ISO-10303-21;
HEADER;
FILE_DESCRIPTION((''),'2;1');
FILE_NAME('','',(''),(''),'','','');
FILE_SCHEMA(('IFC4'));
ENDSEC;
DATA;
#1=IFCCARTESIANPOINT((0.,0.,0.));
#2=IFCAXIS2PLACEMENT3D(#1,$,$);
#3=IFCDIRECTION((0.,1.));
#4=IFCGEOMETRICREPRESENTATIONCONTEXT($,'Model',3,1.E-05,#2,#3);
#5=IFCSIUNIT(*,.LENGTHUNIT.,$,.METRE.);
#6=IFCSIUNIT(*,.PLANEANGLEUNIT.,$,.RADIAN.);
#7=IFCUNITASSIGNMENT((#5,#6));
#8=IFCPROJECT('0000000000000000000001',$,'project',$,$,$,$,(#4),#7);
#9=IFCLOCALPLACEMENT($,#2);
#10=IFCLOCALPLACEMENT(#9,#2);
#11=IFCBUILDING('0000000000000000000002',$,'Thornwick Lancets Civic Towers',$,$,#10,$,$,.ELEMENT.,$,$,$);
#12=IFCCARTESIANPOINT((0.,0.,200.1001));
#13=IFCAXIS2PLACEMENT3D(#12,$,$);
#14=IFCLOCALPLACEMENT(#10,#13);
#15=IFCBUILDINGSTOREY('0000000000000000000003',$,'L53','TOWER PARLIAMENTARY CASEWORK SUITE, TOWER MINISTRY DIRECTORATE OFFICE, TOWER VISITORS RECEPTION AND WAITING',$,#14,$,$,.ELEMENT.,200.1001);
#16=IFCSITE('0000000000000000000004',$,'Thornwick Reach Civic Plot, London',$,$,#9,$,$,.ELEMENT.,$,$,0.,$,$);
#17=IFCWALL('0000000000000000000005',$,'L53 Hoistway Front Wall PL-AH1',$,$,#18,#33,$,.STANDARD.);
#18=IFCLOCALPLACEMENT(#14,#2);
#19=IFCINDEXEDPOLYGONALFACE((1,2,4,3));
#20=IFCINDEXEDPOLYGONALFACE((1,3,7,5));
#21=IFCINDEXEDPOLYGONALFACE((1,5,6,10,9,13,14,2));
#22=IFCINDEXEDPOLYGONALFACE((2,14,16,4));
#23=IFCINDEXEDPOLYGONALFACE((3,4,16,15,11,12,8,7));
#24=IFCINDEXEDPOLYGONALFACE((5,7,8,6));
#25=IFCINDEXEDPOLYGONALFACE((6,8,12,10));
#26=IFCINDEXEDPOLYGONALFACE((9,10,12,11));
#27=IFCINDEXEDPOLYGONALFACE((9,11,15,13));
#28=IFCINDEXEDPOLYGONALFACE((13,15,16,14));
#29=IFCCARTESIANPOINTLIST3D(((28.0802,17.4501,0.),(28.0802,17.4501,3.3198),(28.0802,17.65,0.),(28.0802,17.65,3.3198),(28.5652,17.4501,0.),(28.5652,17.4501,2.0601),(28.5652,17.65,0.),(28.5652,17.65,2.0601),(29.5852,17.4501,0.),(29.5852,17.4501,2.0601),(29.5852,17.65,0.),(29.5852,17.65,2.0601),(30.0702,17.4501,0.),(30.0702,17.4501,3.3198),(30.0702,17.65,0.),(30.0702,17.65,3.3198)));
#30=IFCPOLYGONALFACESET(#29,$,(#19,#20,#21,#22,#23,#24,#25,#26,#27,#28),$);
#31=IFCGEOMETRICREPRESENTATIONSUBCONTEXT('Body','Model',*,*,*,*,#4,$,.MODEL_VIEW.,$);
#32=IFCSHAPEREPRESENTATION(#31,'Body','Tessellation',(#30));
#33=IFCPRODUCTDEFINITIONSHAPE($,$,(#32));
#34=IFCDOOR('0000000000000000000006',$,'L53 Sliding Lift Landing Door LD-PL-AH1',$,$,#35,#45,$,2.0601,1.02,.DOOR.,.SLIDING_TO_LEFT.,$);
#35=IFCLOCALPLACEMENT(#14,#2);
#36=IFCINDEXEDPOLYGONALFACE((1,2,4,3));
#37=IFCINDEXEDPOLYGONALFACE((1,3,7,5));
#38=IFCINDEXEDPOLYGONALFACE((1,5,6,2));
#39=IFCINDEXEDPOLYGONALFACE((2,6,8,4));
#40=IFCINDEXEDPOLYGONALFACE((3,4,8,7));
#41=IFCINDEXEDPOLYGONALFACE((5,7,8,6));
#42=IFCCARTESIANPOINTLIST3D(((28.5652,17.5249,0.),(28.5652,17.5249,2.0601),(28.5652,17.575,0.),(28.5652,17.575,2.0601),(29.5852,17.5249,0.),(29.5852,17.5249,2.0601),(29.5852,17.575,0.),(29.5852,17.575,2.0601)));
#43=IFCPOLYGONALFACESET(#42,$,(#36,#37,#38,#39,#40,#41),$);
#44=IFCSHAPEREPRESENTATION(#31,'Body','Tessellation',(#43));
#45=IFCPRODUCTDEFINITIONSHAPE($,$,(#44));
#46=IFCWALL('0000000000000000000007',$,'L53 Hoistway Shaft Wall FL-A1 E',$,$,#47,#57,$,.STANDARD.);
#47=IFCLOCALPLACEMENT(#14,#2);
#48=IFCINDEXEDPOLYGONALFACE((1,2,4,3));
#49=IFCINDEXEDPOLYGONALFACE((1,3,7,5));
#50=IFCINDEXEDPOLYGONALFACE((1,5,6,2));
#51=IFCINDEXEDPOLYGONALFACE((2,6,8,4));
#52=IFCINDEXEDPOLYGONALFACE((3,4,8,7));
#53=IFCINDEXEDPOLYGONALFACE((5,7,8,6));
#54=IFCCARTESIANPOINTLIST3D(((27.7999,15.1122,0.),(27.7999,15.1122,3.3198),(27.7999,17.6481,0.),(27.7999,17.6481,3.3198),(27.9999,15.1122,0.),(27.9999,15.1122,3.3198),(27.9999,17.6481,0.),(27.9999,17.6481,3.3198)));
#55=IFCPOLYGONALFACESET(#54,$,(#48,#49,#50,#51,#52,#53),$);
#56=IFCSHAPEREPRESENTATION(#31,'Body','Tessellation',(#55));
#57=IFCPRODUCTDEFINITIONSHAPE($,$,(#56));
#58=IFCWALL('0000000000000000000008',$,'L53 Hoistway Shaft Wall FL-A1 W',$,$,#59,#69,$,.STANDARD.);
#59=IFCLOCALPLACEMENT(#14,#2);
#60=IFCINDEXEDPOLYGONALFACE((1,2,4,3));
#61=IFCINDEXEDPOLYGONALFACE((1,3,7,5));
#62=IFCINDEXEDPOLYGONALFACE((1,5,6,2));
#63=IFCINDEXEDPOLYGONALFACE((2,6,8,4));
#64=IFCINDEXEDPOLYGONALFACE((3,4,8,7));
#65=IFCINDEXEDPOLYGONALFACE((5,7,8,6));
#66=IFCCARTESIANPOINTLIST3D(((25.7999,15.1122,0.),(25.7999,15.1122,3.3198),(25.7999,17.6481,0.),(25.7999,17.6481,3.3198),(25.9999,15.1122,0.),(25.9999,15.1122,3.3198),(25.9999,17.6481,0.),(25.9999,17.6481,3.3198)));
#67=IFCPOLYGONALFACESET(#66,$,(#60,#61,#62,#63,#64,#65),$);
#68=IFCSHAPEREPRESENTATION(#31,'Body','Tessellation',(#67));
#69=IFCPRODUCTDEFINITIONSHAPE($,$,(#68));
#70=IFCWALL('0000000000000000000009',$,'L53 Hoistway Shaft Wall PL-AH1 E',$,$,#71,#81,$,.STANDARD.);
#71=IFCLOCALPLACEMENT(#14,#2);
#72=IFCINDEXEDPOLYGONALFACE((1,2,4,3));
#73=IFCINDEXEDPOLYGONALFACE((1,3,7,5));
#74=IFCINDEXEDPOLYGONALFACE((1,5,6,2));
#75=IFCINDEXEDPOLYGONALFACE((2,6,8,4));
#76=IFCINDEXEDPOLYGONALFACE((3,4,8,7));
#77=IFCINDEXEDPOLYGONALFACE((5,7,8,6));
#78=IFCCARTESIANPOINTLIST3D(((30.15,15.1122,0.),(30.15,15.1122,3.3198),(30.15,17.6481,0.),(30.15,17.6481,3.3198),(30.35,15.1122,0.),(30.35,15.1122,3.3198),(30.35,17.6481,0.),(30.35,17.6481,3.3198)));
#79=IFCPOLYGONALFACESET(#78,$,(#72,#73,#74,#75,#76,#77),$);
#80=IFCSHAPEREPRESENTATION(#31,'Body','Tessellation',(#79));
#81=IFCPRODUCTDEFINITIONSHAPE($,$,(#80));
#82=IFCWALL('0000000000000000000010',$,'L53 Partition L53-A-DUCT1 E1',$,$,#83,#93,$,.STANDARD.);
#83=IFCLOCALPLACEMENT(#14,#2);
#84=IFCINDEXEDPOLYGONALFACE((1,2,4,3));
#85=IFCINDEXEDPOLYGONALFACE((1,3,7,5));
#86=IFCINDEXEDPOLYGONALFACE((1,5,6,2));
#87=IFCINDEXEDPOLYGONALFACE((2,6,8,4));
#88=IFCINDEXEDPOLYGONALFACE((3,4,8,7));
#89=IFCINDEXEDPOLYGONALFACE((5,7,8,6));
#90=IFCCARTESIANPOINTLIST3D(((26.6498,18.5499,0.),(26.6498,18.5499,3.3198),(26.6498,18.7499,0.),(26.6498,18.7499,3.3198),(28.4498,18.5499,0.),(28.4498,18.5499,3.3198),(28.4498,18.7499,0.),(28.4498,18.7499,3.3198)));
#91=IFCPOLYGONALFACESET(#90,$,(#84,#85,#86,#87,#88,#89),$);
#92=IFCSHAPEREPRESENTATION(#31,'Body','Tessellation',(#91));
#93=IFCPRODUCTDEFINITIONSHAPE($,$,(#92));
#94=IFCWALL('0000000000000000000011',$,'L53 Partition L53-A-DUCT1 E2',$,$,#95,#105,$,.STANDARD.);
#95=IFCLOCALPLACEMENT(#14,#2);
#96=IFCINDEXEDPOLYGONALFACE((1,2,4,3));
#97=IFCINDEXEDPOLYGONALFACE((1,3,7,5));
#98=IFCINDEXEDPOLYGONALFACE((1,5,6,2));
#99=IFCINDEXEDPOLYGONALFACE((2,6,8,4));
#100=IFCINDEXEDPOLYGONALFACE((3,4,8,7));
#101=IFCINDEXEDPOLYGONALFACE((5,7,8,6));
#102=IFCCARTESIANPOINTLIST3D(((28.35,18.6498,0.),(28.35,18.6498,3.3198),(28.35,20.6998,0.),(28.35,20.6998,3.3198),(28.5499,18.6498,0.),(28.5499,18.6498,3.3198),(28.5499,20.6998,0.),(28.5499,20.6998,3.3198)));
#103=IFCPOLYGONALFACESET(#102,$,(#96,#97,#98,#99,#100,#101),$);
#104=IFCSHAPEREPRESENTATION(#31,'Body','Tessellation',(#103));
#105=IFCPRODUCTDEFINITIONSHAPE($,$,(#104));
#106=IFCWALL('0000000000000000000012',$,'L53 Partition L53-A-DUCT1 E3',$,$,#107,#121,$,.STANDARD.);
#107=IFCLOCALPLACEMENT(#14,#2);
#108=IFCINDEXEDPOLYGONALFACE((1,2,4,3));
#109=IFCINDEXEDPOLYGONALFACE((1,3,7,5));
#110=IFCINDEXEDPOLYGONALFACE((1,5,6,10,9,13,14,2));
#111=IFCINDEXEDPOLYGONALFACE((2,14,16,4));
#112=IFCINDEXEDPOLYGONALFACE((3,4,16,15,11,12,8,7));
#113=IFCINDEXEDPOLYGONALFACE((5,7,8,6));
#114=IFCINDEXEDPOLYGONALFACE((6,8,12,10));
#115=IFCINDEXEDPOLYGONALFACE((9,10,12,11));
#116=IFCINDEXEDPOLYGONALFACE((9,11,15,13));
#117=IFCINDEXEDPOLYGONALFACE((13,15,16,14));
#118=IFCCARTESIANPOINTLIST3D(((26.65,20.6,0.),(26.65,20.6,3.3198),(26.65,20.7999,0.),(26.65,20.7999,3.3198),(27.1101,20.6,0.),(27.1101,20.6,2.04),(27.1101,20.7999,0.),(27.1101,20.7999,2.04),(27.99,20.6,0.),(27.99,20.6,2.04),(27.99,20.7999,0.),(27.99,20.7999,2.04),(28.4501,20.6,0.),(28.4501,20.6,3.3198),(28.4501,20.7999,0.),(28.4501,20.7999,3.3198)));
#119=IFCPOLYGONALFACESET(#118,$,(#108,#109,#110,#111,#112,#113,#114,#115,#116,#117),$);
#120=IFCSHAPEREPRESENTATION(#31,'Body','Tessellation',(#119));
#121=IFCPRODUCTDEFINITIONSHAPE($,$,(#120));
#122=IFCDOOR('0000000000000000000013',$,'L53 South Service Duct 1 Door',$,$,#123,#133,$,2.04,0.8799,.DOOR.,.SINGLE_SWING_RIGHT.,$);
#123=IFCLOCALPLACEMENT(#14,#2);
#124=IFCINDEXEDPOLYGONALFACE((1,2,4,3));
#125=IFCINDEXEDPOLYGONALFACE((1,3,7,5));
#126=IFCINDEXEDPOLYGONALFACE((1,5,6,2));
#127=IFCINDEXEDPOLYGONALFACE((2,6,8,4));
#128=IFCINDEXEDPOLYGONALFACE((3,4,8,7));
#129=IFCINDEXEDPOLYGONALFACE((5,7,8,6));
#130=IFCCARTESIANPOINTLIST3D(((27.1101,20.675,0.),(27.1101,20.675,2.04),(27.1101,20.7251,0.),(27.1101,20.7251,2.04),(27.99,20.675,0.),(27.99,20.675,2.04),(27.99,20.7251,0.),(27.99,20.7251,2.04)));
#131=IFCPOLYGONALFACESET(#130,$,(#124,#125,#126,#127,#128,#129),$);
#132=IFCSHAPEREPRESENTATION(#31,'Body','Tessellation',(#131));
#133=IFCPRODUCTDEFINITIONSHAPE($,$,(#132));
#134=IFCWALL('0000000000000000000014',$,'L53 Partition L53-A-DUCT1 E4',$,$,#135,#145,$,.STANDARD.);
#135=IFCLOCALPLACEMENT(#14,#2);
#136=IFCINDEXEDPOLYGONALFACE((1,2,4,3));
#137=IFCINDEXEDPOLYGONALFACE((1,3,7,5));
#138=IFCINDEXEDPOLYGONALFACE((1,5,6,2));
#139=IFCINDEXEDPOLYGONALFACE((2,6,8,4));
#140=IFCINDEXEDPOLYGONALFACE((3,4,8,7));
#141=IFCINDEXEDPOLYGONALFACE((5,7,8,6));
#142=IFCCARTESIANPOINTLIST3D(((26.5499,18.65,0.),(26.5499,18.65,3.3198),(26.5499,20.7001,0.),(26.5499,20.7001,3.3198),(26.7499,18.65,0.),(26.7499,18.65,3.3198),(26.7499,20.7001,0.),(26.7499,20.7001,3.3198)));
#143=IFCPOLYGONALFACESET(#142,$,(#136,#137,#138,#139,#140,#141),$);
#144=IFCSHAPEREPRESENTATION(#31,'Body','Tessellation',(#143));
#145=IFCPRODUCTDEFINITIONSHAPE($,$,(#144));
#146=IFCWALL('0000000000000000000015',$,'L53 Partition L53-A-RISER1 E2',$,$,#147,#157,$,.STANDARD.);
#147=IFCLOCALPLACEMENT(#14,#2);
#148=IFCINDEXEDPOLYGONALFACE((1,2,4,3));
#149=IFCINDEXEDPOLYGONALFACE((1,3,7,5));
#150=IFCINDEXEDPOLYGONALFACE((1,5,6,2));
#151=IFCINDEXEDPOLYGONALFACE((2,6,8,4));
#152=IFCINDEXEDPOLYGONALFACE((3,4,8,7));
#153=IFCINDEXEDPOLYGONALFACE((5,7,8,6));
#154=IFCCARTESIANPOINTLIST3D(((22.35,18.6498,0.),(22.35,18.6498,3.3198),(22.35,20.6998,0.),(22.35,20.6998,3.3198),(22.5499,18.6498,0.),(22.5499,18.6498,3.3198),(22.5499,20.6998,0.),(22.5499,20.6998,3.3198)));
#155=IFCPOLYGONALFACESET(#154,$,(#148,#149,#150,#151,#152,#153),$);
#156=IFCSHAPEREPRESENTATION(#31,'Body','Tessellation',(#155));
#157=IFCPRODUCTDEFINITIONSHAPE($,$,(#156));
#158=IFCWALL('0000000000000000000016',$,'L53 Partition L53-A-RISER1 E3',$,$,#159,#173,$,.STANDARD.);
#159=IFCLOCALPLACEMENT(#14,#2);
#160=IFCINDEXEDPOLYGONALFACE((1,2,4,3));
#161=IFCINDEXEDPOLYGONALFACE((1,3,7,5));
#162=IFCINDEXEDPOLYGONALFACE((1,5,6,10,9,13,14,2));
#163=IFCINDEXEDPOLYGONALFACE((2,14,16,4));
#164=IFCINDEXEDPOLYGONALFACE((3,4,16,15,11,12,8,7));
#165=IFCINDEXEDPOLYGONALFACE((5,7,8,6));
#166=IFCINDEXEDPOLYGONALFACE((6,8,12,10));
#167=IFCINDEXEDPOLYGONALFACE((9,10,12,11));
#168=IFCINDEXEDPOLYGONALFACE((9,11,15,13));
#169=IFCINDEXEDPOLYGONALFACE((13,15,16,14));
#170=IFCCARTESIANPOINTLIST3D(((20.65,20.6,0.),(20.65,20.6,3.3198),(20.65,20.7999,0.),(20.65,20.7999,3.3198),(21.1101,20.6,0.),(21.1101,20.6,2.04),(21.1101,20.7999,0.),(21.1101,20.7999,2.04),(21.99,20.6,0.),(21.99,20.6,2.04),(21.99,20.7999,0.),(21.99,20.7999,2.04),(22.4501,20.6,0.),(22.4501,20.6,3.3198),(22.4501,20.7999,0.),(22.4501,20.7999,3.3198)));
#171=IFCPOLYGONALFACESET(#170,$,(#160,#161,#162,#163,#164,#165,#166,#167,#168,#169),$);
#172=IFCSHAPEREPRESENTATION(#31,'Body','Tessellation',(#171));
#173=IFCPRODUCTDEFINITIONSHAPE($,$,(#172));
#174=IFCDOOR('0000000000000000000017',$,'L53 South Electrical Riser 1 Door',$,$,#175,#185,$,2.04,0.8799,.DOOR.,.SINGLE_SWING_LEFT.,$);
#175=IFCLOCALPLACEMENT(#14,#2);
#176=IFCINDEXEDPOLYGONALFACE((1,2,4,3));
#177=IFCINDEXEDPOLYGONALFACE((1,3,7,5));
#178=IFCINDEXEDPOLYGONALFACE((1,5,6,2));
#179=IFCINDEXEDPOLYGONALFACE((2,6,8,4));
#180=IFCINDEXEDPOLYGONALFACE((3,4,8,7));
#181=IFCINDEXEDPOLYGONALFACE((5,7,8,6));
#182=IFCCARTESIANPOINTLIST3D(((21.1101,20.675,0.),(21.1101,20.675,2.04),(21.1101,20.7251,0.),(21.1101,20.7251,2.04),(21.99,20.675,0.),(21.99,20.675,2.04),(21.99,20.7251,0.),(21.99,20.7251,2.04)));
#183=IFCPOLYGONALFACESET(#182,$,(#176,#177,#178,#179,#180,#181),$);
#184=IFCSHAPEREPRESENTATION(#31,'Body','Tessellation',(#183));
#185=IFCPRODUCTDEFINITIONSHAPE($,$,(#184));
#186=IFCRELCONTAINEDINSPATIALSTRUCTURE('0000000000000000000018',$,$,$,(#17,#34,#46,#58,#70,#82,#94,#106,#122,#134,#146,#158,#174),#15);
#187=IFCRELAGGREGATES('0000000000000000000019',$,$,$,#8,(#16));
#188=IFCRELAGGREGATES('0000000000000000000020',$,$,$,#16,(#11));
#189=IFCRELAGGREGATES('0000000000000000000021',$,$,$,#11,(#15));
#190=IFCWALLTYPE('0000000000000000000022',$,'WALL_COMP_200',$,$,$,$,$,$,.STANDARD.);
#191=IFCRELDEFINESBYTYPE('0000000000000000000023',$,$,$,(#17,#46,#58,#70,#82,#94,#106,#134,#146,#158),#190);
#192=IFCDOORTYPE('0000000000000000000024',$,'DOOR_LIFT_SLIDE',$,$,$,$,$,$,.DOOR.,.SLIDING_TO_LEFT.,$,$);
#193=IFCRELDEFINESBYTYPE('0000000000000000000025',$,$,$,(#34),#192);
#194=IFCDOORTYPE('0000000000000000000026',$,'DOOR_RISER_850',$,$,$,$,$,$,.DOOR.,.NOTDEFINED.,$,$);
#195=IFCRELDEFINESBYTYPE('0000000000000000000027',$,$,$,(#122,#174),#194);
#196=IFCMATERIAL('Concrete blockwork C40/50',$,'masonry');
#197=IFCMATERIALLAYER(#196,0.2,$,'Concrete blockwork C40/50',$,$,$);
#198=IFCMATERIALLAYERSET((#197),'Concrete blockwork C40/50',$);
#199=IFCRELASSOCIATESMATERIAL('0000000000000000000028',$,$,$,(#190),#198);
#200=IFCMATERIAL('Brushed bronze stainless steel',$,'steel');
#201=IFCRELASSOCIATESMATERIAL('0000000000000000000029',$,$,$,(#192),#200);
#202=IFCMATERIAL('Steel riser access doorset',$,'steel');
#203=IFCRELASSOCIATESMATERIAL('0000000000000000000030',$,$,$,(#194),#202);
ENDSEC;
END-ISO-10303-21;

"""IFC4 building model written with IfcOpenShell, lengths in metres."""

from ifc_helpers import new_model, si_unit, direction, frame, frame_2d, origin, place, context, subcontext, project, spatial, rectangle, extrude, material, layer, layer_set, type_object, element, fill, save


model = new_model("IFC4")

# Units and contexts
model_context = context("Model", 3, precision=1e-05, world=origin(), true_north=direction((0.0, 1.0)))
body_context = subcontext(model_context, "Body", "Model", "MODEL_VIEW")
ifc_project = project(units=[si_unit("LENGTHUNIT", "METRE"), si_unit("PLANEANGLEUNIT", "RADIAN")], contexts=[model_context])

# Site, building, storey
site_placement = place(None, origin())
site = spatial("IfcSite", under=ifc_project, at=site_placement, Name="Thornwick Reach Civic Plot, London", CompositionType="ELEMENT", RefElevation=0.0)
building_placement = place(site_placement, origin())
building = spatial("IfcBuilding", under=site, at=building_placement, Name="Thornwick Lancets Civic Towers", CompositionType="ELEMENT")
storey_placement = place(building_placement, frame((0.0, 0.0, 200.1001)))
storey = spatial("IfcBuildingStorey", under=building, at=storey_placement, Name="L53", Description="TOWER PARLIAMENTARY CASEWORK SUITE, TOWER MINISTRY DIRECTORATE OFFICE, TOWER VISITORS RECEPTION AND WAITING", CompositionType="ELEMENT", Elevation=200.1001)

# Wall, opening, door
ifc_material_1 = material(Name="Concrete blockwork C40/50", Category="masonry")
ifc_layer_1 = layer(ifc_material_1, 0.2, Name="Concrete blockwork C40/50")
ifc_layer_set_1 = layer_set([ifc_layer_1], Name="Concrete blockwork C40/50")
wall_type_1 = type_object("IfcWallType", Name="WALL_COMP_200", PredefinedType="STANDARD", material=ifc_layer_set_1)
ifc_material_2 = material(Name="Brushed bronze stainless steel", Category="steel")
door_type_1 = type_object("IfcDoorType", Name="DOOR_LIFT_SLIDE", OperationType="SLIDING_TO_LEFT", PredefinedType="DOOR", material=ifc_material_2)
wall_1_placement = place(storey_placement, frame((28.0801, 17.55, 0.0), z_axis=(0.0, 0.0, 1.0), x_axis=(1.0, 0.0, 0.0)))
wall_1 = element("IfcWall", 1, at=wall_1_placement, inside=storey, type_object=wall_type_1, Name="L53 Hoistway Front Wall PL-AH1", PredefinedType="STANDARD", context=body_context, shape_type="SweptSolid", body=[
    extrude(rectangle(XDim=1.99, YDim=0.2, at=frame_2d((0.9951, 0.0))), origin(), (0.0, 0.0, 1.0), 3.3198),
])
opening_1_placement = place(wall_1_placement, frame((0.4851, 0.0, 0.0)))
opening_1 = element("IfcOpeningElement", 2, at=opening_1_placement, cuts=wall_1, PredefinedType="OPENING", context=body_context, shape_type="SweptSolid", body=[
    extrude(rectangle(XDim=1.02, YDim=2.0601, at=frame_2d((0.51, 1.03))), frame((0.0, 0.1099, 0.0), z_axis=(0.0, -1.0, 0.0), x_axis=(1.0, 0.0, 0.0)), (0.0, 0.0, 1.0), 0.22),
])
door_1_placement = place(opening_1_placement, origin())
door_1 = element("IfcDoor", 3, at=door_1_placement, inside=storey, type_object=door_type_1, Name="L53 Sliding Lift Landing Door LD-PL-AH1", OperationType="SLIDING_TO_LEFT", OverallHeight=2.0601, OverallWidth=1.02, PredefinedType="DOOR", context=body_context, shape_type="SweptSolid", body=[
    extrude(rectangle(XDim=1.02, YDim=2.0601, at=frame_2d((0.51, 1.03))), frame((0.0, 0.0249, 0.0), z_axis=(0.0, -1.0, 0.0), x_axis=(1.0, 0.0, 0.0)), (0.0, 0.0, 1.0), 0.05),
])
fill(opening_1, door_1)

# Walls
for number, where, z_axis, x_axis, name in (
    (4, (27.8999, 15.1121, 0.0), (0.0, 0.0, 1.0), (0.0, 1.0, 0.0), "L53 Hoistway Shaft Wall FL-A1 E"),
    (5, (25.8999, 15.1121, 0.0), (0.0, 0.0, 1.0), (0.0, 1.0, 0.0), "L53 Hoistway Shaft Wall FL-A1 W"),
    (6, (30.25, 15.1121, 0.0), (0.0, 0.0, 1.0), (0.0, 1.0, 0.0), "L53 Hoistway Shaft Wall PL-AH1 E"),
):
    element("IfcWall", number, at=place(storey_placement, frame(where, z_axis=z_axis, x_axis=x_axis)), inside=storey, type_object=wall_type_1, Name=name, PredefinedType="STANDARD", context=body_context, shape_type="SweptSolid", body=[
        extrude(rectangle(XDim=2.5359, YDim=0.2, at=frame_2d((1.2681, 0.0))), origin(), (0.0, 0.0, 1.0), 3.3198),
    ])
wall_2_placement = place(storey_placement, frame((26.6499, 18.6499, 0.0), z_axis=(0.0, 0.0, 1.0), x_axis=(1.0, 0.0, 0.0)))
element("IfcWall", 7, at=wall_2_placement, inside=storey, type_object=wall_type_1, Name="L53 Partition L53-A-DUCT1 E1", PredefinedType="STANDARD", context=body_context, shape_type="SweptSolid", body=[
    extrude(rectangle(XDim=1.8, YDim=0.2, at=frame_2d((0.8999, 0.0))), origin(), (0.0, 0.0, 1.0), 3.3198),
])
wall_3_placement = place(storey_placement, frame((28.45, 18.6499, 0.0), z_axis=(0.0, 0.0, 1.0), x_axis=(0.0, 1.0, 0.0)))
element("IfcWall", 8, at=wall_3_placement, inside=storey, type_object=wall_type_1, Name="L53 Partition L53-A-DUCT1 E2", PredefinedType="STANDARD", context=body_context, shape_type="SweptSolid", body=[
    extrude(rectangle(XDim=2.05, YDim=0.2, at=frame_2d((1.0249, 0.0))), origin(), (0.0, 0.0, 1.0), 3.3198),
])

# Wall, opening, door
wall_4_placement = place(storey_placement, frame((28.45, 20.7, 0.0), z_axis=(0.0, 0.0, 1.0), x_axis=(-1.0, 0.0, 0.0)))
wall_4 = element("IfcWall", 9, at=wall_4_placement, inside=storey, type_object=wall_type_1, Name="L53 Partition L53-A-DUCT1 E3", PredefinedType="STANDARD", context=body_context, shape_type="SweptSolid", body=[
    extrude(rectangle(XDim=1.8, YDim=0.2, at=frame_2d((0.8999, 0.0))), origin(), (0.0, 0.0, 1.0), 3.3198),
])
opening_2_placement = place(wall_4_placement, frame((0.46, 0.0, 0.0)))
opening_2 = element("IfcOpeningElement", 10, at=opening_2_placement, cuts=wall_4, PredefinedType="OPENING", context=body_context, shape_type="SweptSolid", body=[
    extrude(rectangle(XDim=0.8799, YDim=2.04, at=frame_2d((0.4399, 1.02))), frame((0.0, 0.1099, 0.0), z_axis=(0.0, -1.0, 0.0), x_axis=(1.0, 0.0, 0.0)), (0.0, 0.0, 1.0), 0.22),
])
ifc_material_3 = material(Name="Steel riser access doorset", Category="steel")
door_type_2 = type_object("IfcDoorType", Name="DOOR_RISER_850", OperationType="NOTDEFINED", PredefinedType="DOOR", material=ifc_material_3)
door_2_placement = place(opening_2_placement, origin())
door_2 = element("IfcDoor", 11, at=door_2_placement, inside=storey, type_object=door_type_2, Name="L53 South Service Duct 1 Door", OperationType="SINGLE_SWING_RIGHT", OverallHeight=2.04, OverallWidth=0.8799, PredefinedType="DOOR", context=body_context, shape_type="SweptSolid", body=[
    extrude(rectangle(XDim=0.8799, YDim=2.04, at=frame_2d((0.4399, 1.02))), frame((0.0, 0.0249, 0.0), z_axis=(0.0, -1.0, 0.0), x_axis=(1.0, 0.0, 0.0)), (0.0, 0.0, 1.0), 0.05),
])
fill(opening_2, door_2)

# Walls
for number, where, z_axis, x_axis, name in (
    (12, (26.6499, 20.7, 0.0), (0.0, 0.0, 1.0), (0.0, -1.0, 0.0), "L53 Partition L53-A-DUCT1 E4"),
    (13, (22.45, 18.6499, 0.0), (0.0, 0.0, 1.0), (0.0, 1.0, 0.0), "L53 Partition L53-A-RISER1 E2"),
):
    element("IfcWall", number, at=place(storey_placement, frame(where, z_axis=z_axis, x_axis=x_axis)), inside=storey, type_object=wall_type_1, Name=name, PredefinedType="STANDARD", context=body_context, shape_type="SweptSolid", body=[
        extrude(rectangle(XDim=2.05, YDim=0.2, at=frame_2d((1.0249, 0.0))), origin(), (0.0, 0.0, 1.0), 3.3198),
    ])

# Wall, opening, door
wall_5_placement = place(storey_placement, frame((22.45, 20.7, 0.0), z_axis=(0.0, 0.0, 1.0), x_axis=(-1.0, 0.0, 0.0)))
wall_5 = element("IfcWall", 14, at=wall_5_placement, inside=storey, type_object=wall_type_1, Name="L53 Partition L53-A-RISER1 E3", PredefinedType="STANDARD", context=body_context, shape_type="SweptSolid", body=[
    extrude(rectangle(XDim=1.8, YDim=0.2, at=frame_2d((0.8999, 0.0))), origin(), (0.0, 0.0, 1.0), 3.3198),
])
opening_3_placement = place(wall_5_placement, frame((0.46, 0.0, 0.0)))
opening_3 = element("IfcOpeningElement", 15, at=opening_3_placement, cuts=wall_5, PredefinedType="OPENING", context=body_context, shape_type="SweptSolid", body=[
    extrude(rectangle(XDim=0.8799, YDim=2.04, at=frame_2d((0.4399, 1.02))), frame((0.0, 0.1099, 0.0), z_axis=(0.0, -1.0, 0.0), x_axis=(1.0, 0.0, 0.0)), (0.0, 0.0, 1.0), 0.22),
])
door_3_placement = place(opening_3_placement, origin())
door_3 = element("IfcDoor", 16, at=door_3_placement, inside=storey, type_object=door_type_2, Name="L53 South Electrical Riser 1 Door", OperationType="SINGLE_SWING_LEFT", OverallHeight=2.04, OverallWidth=0.8799, PredefinedType="DOOR", context=body_context, shape_type="SweptSolid", body=[
    extrude(rectangle(XDim=0.8799, YDim=2.04, at=frame_2d((0.4399, 1.02))), frame((0.0, 0.0249, 0.0), z_axis=(0.0, -1.0, 0.0), x_axis=(1.0, 0.0, 0.0)), (0.0, 0.0, 1.0), 0.05),
])
fill(opening_3, door_3)

save(model, "model.ifc")
